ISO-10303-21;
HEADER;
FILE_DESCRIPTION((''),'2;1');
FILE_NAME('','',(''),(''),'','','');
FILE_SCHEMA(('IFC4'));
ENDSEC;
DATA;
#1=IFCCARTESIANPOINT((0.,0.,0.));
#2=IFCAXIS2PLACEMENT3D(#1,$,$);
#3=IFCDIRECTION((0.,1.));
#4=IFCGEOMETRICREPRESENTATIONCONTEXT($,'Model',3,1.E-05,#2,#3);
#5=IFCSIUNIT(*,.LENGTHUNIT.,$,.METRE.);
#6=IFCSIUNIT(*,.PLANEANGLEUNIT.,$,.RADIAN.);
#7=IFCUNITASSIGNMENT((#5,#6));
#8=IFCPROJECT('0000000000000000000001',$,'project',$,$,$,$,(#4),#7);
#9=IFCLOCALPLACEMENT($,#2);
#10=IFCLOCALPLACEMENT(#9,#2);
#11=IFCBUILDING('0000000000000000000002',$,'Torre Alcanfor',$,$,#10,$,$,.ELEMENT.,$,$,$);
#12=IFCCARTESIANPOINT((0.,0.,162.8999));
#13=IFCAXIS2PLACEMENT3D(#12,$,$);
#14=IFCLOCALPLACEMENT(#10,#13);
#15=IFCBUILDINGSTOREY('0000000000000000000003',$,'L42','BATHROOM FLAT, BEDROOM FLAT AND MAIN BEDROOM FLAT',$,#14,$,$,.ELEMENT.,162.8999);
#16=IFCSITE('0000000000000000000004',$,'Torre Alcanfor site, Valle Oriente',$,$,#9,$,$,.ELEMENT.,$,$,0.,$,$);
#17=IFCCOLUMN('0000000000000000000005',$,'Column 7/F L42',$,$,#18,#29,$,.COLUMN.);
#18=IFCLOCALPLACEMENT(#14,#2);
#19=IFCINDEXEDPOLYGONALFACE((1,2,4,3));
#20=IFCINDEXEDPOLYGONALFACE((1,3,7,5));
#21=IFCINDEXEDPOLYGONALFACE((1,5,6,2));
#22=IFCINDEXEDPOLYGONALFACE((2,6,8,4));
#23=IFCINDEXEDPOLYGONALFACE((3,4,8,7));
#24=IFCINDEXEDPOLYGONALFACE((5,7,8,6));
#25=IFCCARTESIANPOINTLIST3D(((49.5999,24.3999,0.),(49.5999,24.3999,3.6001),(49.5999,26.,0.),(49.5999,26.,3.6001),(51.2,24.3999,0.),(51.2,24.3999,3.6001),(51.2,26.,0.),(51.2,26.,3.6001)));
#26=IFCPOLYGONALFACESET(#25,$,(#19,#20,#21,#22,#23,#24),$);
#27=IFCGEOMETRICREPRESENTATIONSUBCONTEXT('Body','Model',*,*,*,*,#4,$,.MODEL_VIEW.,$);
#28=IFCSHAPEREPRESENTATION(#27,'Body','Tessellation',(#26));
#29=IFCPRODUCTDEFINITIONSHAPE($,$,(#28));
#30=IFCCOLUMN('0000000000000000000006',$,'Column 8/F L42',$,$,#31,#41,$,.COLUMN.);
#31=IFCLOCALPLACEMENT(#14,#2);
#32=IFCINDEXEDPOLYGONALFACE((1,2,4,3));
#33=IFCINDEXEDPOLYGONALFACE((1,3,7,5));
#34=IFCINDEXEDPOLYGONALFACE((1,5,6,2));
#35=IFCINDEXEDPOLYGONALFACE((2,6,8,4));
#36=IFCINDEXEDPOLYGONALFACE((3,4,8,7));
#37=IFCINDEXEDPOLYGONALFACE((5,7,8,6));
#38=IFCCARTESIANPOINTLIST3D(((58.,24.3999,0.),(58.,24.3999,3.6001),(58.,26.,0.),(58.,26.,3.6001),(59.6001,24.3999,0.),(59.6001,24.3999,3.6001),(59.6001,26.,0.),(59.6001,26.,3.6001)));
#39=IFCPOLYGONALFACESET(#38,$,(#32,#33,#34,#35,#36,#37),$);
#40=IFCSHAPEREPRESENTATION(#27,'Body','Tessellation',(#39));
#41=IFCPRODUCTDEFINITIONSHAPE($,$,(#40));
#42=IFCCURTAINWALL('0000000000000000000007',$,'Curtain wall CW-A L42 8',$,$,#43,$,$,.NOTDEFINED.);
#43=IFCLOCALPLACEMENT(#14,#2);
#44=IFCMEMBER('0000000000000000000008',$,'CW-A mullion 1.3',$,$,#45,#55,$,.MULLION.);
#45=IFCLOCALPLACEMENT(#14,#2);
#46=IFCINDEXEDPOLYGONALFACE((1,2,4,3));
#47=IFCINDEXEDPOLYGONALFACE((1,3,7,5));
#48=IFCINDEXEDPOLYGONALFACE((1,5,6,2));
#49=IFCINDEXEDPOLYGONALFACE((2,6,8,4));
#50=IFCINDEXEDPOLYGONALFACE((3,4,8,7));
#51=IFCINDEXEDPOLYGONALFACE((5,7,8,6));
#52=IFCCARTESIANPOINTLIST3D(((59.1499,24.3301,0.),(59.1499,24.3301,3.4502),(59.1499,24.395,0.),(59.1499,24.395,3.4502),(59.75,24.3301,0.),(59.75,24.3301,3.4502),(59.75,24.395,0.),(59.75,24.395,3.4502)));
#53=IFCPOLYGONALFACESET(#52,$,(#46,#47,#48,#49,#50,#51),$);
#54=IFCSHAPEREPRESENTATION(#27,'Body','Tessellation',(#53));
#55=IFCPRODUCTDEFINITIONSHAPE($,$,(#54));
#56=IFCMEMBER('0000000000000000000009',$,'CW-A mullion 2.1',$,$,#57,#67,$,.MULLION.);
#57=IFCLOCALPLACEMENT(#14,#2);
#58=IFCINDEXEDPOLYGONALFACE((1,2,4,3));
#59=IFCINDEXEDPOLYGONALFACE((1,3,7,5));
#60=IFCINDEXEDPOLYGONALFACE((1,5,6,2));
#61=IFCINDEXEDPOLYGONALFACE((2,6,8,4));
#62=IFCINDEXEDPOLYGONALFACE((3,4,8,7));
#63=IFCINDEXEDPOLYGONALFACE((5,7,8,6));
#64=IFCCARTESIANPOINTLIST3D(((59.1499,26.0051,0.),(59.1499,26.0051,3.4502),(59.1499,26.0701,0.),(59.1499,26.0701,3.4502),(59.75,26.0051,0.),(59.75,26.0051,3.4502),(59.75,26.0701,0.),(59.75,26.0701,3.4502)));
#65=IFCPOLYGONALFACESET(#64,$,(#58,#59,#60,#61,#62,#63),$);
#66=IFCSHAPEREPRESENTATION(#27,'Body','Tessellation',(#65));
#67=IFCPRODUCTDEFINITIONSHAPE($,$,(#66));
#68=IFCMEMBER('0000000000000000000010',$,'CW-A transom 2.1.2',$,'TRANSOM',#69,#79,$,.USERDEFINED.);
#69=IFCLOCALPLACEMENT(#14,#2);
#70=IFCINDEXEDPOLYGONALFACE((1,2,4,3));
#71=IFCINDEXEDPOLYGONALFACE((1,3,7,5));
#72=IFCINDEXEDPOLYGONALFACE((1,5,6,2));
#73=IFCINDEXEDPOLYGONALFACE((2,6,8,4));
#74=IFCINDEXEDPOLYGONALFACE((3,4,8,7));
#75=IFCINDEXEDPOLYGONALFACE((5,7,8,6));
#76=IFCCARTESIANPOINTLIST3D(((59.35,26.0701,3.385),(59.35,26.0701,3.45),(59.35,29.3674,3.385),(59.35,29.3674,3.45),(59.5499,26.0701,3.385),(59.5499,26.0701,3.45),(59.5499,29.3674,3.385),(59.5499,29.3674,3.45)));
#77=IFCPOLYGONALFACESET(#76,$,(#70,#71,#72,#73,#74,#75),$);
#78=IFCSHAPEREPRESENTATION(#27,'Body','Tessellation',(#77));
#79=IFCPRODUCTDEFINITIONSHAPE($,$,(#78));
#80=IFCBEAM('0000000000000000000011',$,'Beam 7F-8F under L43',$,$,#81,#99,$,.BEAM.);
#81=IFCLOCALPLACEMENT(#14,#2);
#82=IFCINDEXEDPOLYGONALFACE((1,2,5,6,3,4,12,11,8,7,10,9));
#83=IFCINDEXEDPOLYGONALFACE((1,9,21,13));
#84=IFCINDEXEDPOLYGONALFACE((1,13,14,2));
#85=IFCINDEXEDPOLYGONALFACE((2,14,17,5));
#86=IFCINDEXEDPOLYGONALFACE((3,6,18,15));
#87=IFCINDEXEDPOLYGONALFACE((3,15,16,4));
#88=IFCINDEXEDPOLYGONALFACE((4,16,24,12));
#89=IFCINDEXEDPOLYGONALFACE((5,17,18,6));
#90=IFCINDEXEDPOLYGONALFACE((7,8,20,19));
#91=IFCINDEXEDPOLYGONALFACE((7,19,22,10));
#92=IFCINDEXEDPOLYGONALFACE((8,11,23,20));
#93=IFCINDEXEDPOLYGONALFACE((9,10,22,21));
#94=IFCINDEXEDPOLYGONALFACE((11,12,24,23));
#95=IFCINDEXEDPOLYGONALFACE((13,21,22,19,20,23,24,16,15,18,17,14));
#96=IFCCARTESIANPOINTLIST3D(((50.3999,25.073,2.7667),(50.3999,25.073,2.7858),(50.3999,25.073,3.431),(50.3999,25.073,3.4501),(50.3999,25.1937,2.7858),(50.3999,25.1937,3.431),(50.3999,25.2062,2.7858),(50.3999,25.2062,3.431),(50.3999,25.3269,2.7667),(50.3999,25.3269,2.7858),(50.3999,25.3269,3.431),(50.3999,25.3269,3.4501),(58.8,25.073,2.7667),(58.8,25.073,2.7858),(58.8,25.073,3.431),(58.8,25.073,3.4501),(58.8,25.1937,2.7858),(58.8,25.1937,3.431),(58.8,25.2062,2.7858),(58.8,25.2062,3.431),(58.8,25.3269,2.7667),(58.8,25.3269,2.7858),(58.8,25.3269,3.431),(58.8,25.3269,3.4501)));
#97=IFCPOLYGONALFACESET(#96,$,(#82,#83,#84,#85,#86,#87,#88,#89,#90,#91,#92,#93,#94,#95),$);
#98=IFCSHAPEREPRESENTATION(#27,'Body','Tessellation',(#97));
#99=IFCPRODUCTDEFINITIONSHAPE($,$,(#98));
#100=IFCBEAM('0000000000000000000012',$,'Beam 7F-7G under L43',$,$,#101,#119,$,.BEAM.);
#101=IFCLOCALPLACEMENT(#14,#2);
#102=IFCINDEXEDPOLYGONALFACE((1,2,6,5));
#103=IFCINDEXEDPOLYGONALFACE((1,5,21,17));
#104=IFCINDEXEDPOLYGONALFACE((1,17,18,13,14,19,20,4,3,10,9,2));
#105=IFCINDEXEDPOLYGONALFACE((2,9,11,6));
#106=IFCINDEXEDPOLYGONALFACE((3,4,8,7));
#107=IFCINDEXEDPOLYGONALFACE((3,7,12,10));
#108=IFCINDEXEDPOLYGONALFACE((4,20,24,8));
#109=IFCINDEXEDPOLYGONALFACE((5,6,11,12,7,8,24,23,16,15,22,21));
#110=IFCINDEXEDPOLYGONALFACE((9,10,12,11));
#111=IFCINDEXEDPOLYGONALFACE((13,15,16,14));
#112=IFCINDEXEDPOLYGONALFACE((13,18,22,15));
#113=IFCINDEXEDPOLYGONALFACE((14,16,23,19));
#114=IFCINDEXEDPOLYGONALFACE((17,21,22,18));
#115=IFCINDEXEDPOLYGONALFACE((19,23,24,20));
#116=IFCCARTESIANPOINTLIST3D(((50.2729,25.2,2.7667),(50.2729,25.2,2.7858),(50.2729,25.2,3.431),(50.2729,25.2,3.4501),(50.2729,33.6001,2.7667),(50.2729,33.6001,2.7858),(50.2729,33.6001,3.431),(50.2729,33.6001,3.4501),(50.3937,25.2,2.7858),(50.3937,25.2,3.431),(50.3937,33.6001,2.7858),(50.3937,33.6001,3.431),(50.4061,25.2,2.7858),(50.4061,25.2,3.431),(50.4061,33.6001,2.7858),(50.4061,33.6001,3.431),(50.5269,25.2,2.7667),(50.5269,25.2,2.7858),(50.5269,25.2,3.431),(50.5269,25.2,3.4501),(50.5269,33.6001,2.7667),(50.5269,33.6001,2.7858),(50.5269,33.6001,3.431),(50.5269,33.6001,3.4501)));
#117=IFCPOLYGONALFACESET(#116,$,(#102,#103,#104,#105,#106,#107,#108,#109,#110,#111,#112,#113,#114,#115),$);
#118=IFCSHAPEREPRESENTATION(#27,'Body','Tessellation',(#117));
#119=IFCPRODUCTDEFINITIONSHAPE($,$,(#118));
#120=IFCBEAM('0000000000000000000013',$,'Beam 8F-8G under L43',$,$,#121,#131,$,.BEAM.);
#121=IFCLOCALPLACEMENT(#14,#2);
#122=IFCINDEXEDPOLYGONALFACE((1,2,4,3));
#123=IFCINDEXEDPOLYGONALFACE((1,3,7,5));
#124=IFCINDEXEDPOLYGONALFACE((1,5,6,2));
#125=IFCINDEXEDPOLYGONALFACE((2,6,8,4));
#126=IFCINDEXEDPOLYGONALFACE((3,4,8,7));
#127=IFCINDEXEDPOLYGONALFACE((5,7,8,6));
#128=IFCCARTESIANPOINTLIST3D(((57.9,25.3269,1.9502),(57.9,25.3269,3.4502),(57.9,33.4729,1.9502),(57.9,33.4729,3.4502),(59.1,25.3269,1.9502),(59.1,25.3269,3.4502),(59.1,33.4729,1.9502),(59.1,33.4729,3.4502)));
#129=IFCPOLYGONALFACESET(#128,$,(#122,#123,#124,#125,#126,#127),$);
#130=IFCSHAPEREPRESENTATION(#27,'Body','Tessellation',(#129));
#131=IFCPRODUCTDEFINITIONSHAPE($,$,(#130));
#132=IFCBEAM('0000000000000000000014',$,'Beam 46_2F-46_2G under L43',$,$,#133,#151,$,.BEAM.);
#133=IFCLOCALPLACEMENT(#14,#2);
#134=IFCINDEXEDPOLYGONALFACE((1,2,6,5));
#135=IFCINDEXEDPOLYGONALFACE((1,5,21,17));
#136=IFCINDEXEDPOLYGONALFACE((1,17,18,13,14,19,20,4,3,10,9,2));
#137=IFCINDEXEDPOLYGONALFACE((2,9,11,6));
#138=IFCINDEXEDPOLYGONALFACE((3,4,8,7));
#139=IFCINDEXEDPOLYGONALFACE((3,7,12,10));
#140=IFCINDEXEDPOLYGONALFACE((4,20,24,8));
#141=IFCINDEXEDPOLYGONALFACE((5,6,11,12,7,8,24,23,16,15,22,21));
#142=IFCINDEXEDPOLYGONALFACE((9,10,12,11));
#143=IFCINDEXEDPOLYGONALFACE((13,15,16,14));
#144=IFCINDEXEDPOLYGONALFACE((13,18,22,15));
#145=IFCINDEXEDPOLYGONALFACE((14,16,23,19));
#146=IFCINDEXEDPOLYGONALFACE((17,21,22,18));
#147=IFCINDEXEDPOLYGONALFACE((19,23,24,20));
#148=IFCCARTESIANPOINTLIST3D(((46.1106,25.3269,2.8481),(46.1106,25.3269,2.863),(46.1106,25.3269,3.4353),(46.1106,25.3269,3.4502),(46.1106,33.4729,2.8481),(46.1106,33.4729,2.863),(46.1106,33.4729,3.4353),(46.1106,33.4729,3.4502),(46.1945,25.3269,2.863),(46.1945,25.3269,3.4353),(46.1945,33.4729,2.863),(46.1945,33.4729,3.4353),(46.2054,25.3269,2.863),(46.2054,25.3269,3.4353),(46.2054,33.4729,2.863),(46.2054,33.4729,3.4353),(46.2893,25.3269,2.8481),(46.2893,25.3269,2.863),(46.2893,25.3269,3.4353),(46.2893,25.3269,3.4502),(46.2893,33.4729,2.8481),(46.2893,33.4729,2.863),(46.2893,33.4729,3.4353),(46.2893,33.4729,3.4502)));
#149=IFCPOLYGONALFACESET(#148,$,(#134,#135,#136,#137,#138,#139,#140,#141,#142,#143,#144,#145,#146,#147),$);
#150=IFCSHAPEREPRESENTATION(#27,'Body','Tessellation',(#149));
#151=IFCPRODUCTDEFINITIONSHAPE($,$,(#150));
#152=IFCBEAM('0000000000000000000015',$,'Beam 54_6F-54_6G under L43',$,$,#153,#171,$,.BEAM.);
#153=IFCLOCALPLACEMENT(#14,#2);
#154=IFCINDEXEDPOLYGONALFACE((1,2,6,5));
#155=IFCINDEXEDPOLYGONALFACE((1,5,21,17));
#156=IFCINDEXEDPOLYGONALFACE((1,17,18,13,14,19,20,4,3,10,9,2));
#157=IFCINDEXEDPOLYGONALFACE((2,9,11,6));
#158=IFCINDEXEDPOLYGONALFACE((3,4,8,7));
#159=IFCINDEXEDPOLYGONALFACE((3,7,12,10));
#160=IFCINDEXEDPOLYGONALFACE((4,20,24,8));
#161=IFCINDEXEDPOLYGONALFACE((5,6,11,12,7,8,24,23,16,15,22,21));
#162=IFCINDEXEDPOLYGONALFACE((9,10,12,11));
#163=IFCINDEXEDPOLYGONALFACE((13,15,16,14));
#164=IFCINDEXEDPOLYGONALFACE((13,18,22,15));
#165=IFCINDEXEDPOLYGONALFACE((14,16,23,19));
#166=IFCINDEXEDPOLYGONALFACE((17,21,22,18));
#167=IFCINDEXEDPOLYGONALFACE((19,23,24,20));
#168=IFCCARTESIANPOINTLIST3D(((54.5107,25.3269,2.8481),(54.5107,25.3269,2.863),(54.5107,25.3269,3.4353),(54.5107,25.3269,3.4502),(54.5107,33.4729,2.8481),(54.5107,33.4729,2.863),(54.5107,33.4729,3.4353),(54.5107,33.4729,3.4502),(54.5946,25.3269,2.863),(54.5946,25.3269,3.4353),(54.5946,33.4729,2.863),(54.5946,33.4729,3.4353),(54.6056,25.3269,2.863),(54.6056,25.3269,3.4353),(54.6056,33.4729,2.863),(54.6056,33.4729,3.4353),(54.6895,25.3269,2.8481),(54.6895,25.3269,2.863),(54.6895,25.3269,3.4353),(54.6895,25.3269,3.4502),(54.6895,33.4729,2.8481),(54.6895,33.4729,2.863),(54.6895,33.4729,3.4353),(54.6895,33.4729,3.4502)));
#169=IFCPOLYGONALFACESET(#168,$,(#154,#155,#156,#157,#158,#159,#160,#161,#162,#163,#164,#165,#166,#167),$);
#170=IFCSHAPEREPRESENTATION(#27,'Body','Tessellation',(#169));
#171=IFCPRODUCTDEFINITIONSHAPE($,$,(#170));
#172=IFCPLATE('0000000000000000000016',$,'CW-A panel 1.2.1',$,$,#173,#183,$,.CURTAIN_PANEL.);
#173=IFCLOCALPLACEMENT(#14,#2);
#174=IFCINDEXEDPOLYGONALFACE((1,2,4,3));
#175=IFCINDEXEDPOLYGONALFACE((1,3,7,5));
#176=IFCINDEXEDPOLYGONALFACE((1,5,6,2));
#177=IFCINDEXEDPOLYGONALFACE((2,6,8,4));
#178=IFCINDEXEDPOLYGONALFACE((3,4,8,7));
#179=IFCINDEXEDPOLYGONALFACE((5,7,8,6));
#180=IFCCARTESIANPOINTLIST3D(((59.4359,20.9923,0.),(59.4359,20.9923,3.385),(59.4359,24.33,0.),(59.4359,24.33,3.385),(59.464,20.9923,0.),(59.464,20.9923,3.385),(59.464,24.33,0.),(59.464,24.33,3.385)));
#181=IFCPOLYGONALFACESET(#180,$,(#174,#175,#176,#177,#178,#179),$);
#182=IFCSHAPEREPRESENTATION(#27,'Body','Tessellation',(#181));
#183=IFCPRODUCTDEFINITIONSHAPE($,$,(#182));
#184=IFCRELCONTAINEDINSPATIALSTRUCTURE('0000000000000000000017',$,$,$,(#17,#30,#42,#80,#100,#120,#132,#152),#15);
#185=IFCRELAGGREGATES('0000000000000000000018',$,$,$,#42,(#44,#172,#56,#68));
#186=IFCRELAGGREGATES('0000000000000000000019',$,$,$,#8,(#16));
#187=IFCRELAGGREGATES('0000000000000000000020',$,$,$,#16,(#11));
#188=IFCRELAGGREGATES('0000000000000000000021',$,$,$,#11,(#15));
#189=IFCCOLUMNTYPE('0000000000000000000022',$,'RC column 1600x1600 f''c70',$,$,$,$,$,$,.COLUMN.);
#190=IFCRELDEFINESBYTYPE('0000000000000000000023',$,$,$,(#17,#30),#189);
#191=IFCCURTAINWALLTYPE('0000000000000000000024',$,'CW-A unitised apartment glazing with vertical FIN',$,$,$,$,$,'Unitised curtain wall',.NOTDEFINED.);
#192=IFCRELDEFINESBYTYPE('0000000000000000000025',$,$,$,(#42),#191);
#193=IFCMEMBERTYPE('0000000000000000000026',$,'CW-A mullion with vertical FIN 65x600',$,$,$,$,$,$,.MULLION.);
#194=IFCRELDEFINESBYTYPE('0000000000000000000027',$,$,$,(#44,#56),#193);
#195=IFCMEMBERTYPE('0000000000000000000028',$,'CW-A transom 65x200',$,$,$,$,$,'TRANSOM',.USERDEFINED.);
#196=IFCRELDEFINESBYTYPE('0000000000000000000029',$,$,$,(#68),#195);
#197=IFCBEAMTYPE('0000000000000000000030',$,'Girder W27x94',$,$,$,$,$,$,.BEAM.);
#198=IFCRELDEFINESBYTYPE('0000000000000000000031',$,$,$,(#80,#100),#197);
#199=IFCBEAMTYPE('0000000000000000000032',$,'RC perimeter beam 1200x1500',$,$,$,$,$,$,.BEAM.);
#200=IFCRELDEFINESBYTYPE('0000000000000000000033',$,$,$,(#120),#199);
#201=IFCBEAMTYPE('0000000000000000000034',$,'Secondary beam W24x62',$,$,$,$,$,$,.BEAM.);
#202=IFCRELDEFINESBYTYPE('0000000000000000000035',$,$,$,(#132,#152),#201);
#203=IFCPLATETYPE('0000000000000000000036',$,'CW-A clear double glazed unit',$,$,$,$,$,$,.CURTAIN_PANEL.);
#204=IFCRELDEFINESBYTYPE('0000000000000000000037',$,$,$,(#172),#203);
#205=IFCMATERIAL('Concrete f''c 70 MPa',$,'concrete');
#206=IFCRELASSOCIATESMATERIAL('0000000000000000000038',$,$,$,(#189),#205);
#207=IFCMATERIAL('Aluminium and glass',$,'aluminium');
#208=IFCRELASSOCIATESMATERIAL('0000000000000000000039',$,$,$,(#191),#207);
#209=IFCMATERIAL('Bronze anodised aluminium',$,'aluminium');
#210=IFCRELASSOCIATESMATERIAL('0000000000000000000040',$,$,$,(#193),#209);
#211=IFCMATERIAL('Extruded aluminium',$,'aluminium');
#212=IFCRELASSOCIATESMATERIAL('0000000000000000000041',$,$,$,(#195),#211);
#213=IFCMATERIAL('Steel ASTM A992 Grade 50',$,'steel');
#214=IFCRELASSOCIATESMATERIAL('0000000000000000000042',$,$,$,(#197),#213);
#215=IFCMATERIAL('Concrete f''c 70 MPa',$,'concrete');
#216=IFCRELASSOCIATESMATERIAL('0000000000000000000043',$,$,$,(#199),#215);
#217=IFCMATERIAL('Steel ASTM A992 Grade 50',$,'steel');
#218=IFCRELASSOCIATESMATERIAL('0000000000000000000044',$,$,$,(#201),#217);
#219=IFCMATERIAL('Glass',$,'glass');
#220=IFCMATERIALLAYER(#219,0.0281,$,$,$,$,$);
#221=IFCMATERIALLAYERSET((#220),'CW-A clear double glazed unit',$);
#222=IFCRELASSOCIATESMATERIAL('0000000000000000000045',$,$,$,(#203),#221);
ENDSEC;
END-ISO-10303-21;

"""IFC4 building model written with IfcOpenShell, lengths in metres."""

from ifc_helpers import new_model, si_unit, direction, frame, origin, origin_2d, place, context, subcontext, project, spatial, rectangle, i_section, extrude, material, layer, layer_set, material_profile, profile_set, type_object, element, aggregate, save


model = new_model("IFC4")

# Units and contexts
model_context = context("Model", 3, precision=1e-05, world=origin(), true_north=direction((0.0, 1.0)))
body_context = subcontext(model_context, "Body", "Model", "MODEL_VIEW")
ifc_project = project(units=[si_unit("LENGTHUNIT", "METRE"), si_unit("PLANEANGLEUNIT", "RADIAN")], contexts=[model_context])

# Site, building, storey
site_placement = place(None, origin())
site = spatial("IfcSite", under=ifc_project, at=site_placement, Name="Torre Alcanfor site, Valle Oriente", CompositionType="ELEMENT", RefElevation=0.0)
building_placement = place(site_placement, origin())
building = spatial("IfcBuilding", under=site, at=building_placement, Name="Torre Alcanfor", CompositionType="ELEMENT")
storey_placement = place(building_placement, frame((0.0, 0.0, 162.8999)))
storey = spatial("IfcBuildingStorey", under=building, at=storey_placement, Name="L42", Description="BATHROOM FLAT, BEDROOM FLAT AND MAIN BEDROOM FLAT", CompositionType="ELEMENT", Elevation=162.8999)

# Columns
ifc_material_1 = material(Name="Concrete f'c 70 MPa", Category="concrete")
ifc_material_profile_1 = material_profile(ifc_material_1, rectangle(XDim=1.6001, YDim=1.6001, at=origin_2d()), Name="1600x1600")
ifc_profile_set_1 = profile_set([ifc_material_profile_1], Name="Concrete f'c 70 MPa")
column_type = type_object("IfcColumnType", Name="RC column 1600x1600 f'c70", PredefinedType="COLUMN", material=ifc_profile_set_1)
for number, where, z_axis, x_axis, name in (
    (1, (50.3999, 25.2, 0.0), (0.0, 0.0, 1.0), (1.0, 0.0, 0.0), "Column 7/F L42"),
    (2, (58.8, 25.2, 0.0), (0.0, 0.0, 1.0), (1.0, 0.0, 0.0), "Column 8/F L42"),
):
    element("IfcColumn", number, at=place(storey_placement, frame(where, z_axis=z_axis, x_axis=x_axis)), inside=storey, type_object=column_type, Name=name, PredefinedType="COLUMN", context=body_context, shape_type="SweptSolid", body=[
        extrude(rectangle(XDim=1.6001, YDim=1.6001, at=origin_2d()), origin(), (0.0, 0.0, 1.0), 3.6001),
    ])

# Curtain wall, members
ifc_material_2 = material(Name="Aluminium and glass", Category="aluminium")
curtain_wall_type = type_object("IfcCurtainWallType", Name="CW-A unitised apartment glazing with vertical FIN", ElementType="Unitised curtain wall", PredefinedType="NOTDEFINED", material=ifc_material_2)
curtain_wall_placement = place(storey_placement, origin())
curtain_wall = element("IfcCurtainWall", 3, at=curtain_wall_placement, inside=storey, type_object=curtain_wall_type, Name="Curtain wall CW-A L42 8", PredefinedType="NOTDEFINED")
ifc_material_3 = material(Name="Bronze anodised aluminium", Category="aluminium")
ifc_material_profile_2 = material_profile(ifc_material_3, rectangle(XDim=0.6001, YDim=0.0649, at=origin_2d()), Name="CW-A mullion 65x600")
ifc_profile_set_2 = profile_set([ifc_material_profile_2], Name="Bronze anodised aluminium")
member_type_1 = type_object("IfcMemberType", Name="CW-A mullion with vertical FIN 65x600", PredefinedType="MULLION", material=ifc_profile_set_2)
member_1_placement = place(storey_placement, frame((59.45, 24.3625, 0.0), z_axis=(0.0, 0.0, 1.0), x_axis=(-1.0, 0.0, 0.0)))
member_1 = element("IfcMember", 4, at=member_1_placement, type_object=member_type_1, Name="CW-A mullion 1.3", PredefinedType="MULLION", context=body_context, shape_type="SweptSolid", body=[
    extrude(rectangle(XDim=0.6001, YDim=0.0649, at=origin_2d()), origin(), (0.0, 0.0, 1.0), 3.4502),
])
member_2_placement = place(storey_placement, frame((59.45, 26.0376, 0.0), z_axis=(0.0, 0.0, 1.0), x_axis=(-1.0, 0.0, 0.0)))
member_2 = element("IfcMember", 5, at=member_2_placement, type_object=member_type_1, Name="CW-A mullion 2.1", PredefinedType="MULLION", context=body_context, shape_type="SweptSolid", body=[
    extrude(rectangle(XDim=0.6001, YDim=0.0649, at=origin_2d()), origin(), (0.0, 0.0, 1.0), 3.4502),
])
ifc_material_4 = material(Name="Extruded aluminium", Category="aluminium")
ifc_material_profile_3 = material_profile(ifc_material_4, rectangle(XDim=0.2, YDim=0.0649, at=origin_2d()), Name="CW-A transom 200x65")
ifc_profile_set_3 = profile_set([ifc_material_profile_3], Name="Extruded aluminium")
member_type_2 = type_object("IfcMemberType", Name="CW-A transom 65x200", ElementType="TRANSOM", PredefinedType="USERDEFINED", material=ifc_profile_set_3)
member_3_placement = place(storey_placement, frame((59.45, 26.0701, 3.4175), z_axis=(0.0, 1.0, 0.0), x_axis=(-1.0, 0.0, 0.0)))
member_3 = element("IfcMember", 6, at=member_3_placement, type_object=member_type_2, Name="CW-A transom 2.1.2", ObjectType="TRANSOM", PredefinedType="USERDEFINED", context=body_context, shape_type="SweptSolid", body=[
    extrude(rectangle(XDim=0.2, YDim=0.0649, at=origin_2d()), origin(), (0.0, 0.0, 1.0), 3.2974),
])

# Beams
ifc_material_5 = material(Name="Steel ASTM A992 Grade 50", Category="steel")
ifc_material_profile_4 = material_profile(ifc_material_5, i_section(OverallWidth=0.2539, OverallDepth=0.6833, WebThickness=0.0125, FlangeThickness=0.019, at=origin_2d()), Name="W27x94")
ifc_profile_set_4 = profile_set([ifc_material_profile_4], Name="Steel ASTM A992 Grade 50")
beam_type_1 = type_object("IfcBeamType", Name="Girder W27x94", PredefinedType="BEAM", material=ifc_profile_set_4)
for number, where, z_axis, x_axis, name in (
    (7, (50.3999, 25.2, 3.1084), (1.0, 0.0, 0.0), (0.0, 1.0, 0.0), "Beam 7F-8F under L43"),
    (8, (50.3999, 25.2, 3.1084), (0.0, 1.0, 0.0), (-1.0, 0.0, 0.0), "Beam 7F-7G under L43"),
):
    element("IfcBeam", number, at=place(storey_placement, frame(where, z_axis=z_axis, x_axis=x_axis)), inside=storey, type_object=beam_type_1, Name=name, PredefinedType="BEAM", context=body_context, shape_type="SweptSolid", body=[
        extrude(i_section(OverallWidth=0.2539, OverallDepth=0.6833, WebThickness=0.0125, FlangeThickness=0.019, at=origin_2d()), origin(), (0.0, 0.0, 1.0), 8.4001),
    ])
ifc_material_6 = material(Name="Concrete f'c 70 MPa", Category="concrete")
ifc_material_profile_5 = material_profile(ifc_material_6, rectangle(XDim=1.2, YDim=1.5, at=origin_2d()), Name="1200x1500")
ifc_profile_set_5 = profile_set([ifc_material_profile_5], Name="Concrete f'c 70 MPa")
beam_type_2 = type_object("IfcBeamType", Name="RC perimeter beam 1200x1500", PredefinedType="BEAM", material=ifc_profile_set_5)
beam_placement = place(storey_placement, frame((58.5, 25.3269, 2.7002), z_axis=(0.0, 1.0, 0.0), x_axis=(-1.0, 0.0, 0.0)))
element("IfcBeam", 9, at=beam_placement, inside=storey, type_object=beam_type_2, Name="Beam 8F-8G under L43", PredefinedType="BEAM", context=body_context, shape_type="SweptSolid", body=[
    extrude(rectangle(XDim=1.2, YDim=1.5, at=origin_2d()), origin(), (0.0, 0.0, 1.0), 8.146),
])
ifc_material_7 = material(Name="Steel ASTM A992 Grade 50", Category="steel")
ifc_material_profile_6 = material_profile(ifc_material_7, i_section(OverallWidth=0.1787, OverallDepth=0.6021, WebThickness=0.011, FlangeThickness=0.0149, at=origin_2d()), Name="W24x62")
ifc_profile_set_6 = profile_set([ifc_material_profile_6], Name="Steel ASTM A992 Grade 50")
beam_type_3 = type_object("IfcBeamType", Name="Secondary beam W24x62", PredefinedType="BEAM", material=ifc_profile_set_6)
for number, where, z_axis, x_axis, name in (
    (10, (46.2, 25.3269, 3.1492), (0.0, 1.0, 0.0), (-1.0, 0.0, 0.0), "Beam 46_2F-46_2G under L43"),
    (11, (54.6001, 25.3269, 3.1492), (0.0, 1.0, 0.0), (-1.0, 0.0, 0.0), "Beam 54_6F-54_6G under L43"),
):
    element("IfcBeam", number, at=place(storey_placement, frame(where, z_axis=z_axis, x_axis=x_axis)), inside=storey, type_object=beam_type_3, Name=name, PredefinedType="BEAM", context=body_context, shape_type="SweptSolid", body=[
        extrude(i_section(OverallWidth=0.1787, OverallDepth=0.6021, WebThickness=0.011, FlangeThickness=0.0149, at=origin_2d()), origin(), (0.0, 0.0, 1.0), 8.146),
    ])

# Plate
ifc_material_8 = material(Name="Glass", Category="glass")
ifc_layer_1 = layer(ifc_material_8, 0.0281)
ifc_layer_set_1 = layer_set([ifc_layer_1], Name="CW-A clear double glazed unit")
plate_type = type_object("IfcPlateType", Name="CW-A clear double glazed unit", PredefinedType="CURTAIN_PANEL", material=ifc_layer_set_1)
plate_1_placement = place(storey_placement, frame((59.45, 22.6611, 0.0), z_axis=(0.0, 0.0, 1.0), x_axis=(0.0, 1.0, 0.0)))
plate_1 = element("IfcPlate", 12, at=plate_1_placement, type_object=plate_type, Name="CW-A panel 1.2.1", PredefinedType="CURTAIN_PANEL", context=body_context, shape_type="SweptSolid", body=[
    extrude(rectangle(XDim=3.3376, YDim=0.0281, at=origin_2d()), origin(), (0.0, 0.0, 1.0), 3.385),
])
aggregate(curtain_wall, [member_1, plate_1, member_2, member_3])

save(model, "model.ifc")
